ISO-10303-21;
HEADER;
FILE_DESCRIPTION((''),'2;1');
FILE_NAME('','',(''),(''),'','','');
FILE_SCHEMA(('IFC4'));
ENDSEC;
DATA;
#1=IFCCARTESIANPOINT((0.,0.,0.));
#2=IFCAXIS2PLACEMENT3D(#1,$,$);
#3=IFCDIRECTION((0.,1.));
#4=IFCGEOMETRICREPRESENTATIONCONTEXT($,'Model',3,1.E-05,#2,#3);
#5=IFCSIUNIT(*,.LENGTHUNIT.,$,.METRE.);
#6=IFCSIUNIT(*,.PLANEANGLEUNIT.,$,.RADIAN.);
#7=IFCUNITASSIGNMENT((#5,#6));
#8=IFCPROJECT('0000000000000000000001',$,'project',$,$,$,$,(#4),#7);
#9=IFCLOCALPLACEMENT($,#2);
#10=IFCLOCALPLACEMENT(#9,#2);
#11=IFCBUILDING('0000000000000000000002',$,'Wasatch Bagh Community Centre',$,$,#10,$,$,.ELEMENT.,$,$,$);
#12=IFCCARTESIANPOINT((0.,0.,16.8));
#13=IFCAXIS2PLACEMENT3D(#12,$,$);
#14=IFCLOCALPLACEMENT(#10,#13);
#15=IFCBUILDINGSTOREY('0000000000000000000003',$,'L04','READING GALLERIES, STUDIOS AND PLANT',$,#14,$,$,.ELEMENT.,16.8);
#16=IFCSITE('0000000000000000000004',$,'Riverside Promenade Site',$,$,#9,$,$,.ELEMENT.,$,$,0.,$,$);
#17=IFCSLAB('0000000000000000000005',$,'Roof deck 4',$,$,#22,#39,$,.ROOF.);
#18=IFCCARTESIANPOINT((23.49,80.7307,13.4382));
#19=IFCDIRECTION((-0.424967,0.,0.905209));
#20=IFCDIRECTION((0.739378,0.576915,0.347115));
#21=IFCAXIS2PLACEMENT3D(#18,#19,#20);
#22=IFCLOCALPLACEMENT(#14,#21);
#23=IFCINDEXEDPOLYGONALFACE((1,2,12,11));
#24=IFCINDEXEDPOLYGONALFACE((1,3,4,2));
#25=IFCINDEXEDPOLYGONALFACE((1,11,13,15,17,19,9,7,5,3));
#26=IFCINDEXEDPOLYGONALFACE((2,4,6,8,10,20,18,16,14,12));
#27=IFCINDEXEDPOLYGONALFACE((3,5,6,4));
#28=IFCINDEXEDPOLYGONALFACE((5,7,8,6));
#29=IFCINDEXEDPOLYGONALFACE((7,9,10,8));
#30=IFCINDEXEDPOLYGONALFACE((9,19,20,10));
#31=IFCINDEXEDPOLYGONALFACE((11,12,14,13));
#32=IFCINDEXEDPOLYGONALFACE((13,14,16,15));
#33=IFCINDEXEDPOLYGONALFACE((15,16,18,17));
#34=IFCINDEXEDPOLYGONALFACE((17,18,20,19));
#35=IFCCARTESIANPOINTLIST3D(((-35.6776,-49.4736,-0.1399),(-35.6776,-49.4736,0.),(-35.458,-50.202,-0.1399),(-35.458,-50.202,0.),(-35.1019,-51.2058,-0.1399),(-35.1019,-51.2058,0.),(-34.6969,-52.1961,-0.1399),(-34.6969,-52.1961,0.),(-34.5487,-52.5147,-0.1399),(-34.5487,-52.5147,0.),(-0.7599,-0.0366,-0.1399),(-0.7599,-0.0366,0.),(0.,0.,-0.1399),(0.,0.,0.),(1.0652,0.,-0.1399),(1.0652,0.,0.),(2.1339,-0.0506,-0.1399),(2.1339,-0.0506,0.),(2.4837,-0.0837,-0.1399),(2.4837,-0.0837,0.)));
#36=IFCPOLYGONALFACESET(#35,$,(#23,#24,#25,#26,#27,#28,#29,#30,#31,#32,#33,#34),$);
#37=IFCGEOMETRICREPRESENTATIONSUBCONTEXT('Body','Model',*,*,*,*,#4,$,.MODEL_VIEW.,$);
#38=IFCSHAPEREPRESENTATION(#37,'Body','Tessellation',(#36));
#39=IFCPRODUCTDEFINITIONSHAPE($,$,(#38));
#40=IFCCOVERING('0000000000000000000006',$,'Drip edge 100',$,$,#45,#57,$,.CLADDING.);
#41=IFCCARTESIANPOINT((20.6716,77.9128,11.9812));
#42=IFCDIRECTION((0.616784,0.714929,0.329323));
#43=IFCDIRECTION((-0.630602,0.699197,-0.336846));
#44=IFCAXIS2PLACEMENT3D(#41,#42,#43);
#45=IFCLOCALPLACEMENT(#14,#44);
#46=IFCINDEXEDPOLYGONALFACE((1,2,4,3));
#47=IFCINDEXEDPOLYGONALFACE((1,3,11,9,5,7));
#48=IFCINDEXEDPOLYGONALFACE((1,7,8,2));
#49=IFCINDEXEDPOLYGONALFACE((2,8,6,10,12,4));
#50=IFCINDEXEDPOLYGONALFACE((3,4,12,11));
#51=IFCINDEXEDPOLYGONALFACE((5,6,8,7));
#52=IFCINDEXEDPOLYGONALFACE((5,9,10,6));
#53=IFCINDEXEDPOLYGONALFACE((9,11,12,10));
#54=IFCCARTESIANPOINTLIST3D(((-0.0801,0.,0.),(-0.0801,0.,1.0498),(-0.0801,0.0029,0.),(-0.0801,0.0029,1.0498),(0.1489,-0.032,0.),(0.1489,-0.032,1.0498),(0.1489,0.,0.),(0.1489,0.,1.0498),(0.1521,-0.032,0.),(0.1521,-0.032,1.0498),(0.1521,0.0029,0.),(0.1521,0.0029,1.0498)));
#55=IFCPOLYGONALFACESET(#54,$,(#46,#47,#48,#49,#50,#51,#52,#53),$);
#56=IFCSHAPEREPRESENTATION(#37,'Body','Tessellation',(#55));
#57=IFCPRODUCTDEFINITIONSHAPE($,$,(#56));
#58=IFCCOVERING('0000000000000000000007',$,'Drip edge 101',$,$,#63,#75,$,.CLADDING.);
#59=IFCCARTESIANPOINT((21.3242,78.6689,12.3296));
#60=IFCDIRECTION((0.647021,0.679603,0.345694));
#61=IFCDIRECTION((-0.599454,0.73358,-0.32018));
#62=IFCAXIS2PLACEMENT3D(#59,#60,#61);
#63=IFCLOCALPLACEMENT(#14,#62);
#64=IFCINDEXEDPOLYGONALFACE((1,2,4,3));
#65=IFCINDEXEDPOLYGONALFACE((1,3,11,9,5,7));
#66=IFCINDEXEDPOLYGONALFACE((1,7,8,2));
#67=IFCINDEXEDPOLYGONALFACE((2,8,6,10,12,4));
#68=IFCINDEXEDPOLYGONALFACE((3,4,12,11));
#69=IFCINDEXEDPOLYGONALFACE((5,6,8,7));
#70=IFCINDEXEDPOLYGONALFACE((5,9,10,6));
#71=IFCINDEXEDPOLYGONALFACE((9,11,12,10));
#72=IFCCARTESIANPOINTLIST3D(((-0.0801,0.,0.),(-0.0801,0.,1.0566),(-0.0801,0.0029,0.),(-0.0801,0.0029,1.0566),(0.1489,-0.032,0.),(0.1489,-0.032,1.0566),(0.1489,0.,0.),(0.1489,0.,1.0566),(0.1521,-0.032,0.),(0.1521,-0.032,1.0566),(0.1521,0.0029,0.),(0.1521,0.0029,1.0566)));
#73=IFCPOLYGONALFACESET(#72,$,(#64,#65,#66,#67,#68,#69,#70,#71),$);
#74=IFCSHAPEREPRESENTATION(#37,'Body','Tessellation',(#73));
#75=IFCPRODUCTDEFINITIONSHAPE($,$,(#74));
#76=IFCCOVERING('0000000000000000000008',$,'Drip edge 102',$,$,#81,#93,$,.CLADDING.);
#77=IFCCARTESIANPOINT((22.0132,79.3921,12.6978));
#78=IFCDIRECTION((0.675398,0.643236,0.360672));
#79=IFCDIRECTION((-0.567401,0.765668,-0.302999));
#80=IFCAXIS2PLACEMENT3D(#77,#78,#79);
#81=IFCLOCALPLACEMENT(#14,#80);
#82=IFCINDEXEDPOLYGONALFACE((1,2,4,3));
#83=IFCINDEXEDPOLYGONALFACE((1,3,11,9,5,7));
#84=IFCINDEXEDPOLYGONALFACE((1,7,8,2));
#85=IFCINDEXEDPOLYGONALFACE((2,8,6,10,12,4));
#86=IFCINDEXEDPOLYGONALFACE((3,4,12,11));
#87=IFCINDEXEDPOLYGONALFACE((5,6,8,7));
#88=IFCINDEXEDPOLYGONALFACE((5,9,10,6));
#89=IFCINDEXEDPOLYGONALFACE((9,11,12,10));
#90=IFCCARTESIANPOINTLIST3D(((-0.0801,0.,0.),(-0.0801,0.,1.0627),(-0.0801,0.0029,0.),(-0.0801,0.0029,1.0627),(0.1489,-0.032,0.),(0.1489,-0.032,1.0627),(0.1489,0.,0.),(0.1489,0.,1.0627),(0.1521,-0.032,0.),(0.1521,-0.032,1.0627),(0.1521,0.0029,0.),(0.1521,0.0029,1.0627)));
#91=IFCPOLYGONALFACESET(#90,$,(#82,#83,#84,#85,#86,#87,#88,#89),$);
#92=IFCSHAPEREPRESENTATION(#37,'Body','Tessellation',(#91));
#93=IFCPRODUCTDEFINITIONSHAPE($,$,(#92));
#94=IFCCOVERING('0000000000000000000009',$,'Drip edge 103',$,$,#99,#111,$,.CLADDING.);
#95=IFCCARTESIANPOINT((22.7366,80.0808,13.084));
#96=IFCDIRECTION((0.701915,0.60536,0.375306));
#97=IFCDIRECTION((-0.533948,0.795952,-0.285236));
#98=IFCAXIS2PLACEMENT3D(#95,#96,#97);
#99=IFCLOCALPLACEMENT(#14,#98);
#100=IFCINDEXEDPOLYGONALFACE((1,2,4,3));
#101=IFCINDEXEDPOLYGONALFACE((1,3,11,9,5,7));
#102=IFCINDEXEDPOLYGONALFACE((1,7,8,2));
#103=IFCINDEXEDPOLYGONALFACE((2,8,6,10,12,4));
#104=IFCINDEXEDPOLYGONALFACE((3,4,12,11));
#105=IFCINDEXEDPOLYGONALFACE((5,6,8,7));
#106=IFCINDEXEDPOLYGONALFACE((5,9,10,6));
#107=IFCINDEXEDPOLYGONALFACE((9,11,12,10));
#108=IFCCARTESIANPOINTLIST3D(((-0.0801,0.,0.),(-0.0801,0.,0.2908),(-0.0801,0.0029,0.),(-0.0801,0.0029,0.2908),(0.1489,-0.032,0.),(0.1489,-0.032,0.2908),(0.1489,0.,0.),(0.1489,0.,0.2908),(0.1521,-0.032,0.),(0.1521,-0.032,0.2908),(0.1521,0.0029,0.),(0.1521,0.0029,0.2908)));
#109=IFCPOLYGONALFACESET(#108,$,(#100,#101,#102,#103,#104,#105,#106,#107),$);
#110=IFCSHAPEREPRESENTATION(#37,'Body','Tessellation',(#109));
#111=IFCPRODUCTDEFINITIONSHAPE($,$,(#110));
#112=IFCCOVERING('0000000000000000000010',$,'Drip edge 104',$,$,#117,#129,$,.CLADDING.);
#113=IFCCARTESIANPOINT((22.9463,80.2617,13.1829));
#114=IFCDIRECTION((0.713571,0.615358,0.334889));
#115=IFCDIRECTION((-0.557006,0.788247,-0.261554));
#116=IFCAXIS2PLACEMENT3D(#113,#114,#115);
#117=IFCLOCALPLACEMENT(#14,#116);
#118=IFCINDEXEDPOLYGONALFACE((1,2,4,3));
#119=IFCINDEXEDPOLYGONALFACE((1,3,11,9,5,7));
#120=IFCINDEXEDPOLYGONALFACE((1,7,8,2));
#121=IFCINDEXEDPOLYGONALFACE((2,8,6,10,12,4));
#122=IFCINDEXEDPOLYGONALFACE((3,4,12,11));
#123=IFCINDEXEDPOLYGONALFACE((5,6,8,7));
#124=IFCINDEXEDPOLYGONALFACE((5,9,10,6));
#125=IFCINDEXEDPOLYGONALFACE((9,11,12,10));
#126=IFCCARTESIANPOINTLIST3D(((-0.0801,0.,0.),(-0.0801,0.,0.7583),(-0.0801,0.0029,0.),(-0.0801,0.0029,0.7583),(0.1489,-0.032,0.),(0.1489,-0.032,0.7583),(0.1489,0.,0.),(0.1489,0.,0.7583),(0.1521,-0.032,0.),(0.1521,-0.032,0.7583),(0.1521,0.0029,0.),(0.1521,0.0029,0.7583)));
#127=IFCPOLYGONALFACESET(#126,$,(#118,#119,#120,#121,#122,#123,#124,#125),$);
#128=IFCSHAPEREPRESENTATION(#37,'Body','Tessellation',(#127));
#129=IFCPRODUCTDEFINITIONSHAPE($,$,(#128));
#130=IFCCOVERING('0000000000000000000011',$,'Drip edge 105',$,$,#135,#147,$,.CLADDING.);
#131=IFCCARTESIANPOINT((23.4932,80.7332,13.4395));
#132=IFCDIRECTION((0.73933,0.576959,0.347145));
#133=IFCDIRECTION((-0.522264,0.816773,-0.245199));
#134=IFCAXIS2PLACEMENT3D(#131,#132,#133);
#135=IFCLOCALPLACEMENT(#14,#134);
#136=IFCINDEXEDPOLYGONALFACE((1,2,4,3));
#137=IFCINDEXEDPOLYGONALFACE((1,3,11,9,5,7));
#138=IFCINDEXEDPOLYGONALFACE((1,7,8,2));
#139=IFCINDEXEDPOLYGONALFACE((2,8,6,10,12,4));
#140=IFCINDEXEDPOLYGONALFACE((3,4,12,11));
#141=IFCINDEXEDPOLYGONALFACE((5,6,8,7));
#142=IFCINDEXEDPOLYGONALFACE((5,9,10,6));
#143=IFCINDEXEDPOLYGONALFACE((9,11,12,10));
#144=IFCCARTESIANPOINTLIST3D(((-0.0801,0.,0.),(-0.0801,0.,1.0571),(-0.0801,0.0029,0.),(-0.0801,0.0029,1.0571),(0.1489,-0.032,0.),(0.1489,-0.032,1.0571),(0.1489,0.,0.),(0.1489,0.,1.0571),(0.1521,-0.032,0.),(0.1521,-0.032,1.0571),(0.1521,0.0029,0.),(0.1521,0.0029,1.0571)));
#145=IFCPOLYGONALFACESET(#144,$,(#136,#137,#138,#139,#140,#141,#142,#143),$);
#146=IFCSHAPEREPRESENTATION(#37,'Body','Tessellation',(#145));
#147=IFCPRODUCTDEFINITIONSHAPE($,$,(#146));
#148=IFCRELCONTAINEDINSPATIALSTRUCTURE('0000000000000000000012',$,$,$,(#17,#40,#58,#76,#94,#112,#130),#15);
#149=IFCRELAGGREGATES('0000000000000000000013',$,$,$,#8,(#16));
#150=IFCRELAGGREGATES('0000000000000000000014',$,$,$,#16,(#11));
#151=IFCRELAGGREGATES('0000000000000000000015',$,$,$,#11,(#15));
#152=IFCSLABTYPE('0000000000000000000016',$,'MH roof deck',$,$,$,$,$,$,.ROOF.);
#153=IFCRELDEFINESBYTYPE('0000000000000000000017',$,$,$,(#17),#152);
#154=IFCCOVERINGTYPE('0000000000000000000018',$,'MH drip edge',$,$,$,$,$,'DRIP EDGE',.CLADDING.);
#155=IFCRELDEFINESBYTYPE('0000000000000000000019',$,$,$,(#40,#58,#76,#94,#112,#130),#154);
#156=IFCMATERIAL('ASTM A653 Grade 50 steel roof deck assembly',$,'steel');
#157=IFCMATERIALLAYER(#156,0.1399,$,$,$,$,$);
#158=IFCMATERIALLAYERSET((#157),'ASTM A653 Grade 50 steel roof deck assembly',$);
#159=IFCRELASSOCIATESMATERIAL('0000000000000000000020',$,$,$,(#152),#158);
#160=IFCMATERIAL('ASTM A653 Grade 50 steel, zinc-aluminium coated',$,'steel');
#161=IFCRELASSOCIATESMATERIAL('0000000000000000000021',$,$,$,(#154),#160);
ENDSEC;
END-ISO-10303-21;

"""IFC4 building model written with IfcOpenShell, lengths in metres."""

from ifc_helpers import new_model, si_unit, direction, frame, origin, place, context, subcontext, project, spatial, polyline, outline, extrude, material, layer, layer_set, material_profile, profile_set, type_object, element, save


model = new_model("IFC4")

# Units and contexts
model_context = context("Model", 3, precision=1e-05, world=origin(), true_north=direction((0.0, 1.0)))
body_context = subcontext(model_context, "Body", "Model", "MODEL_VIEW")
ifc_project = project(units=[si_unit("LENGTHUNIT", "METRE"), si_unit("PLANEANGLEUNIT", "RADIAN")], contexts=[model_context])

# Site, building, storey
site_placement = place(None, origin())
site = spatial("IfcSite", under=ifc_project, at=site_placement, Name="Riverside Promenade Site", CompositionType="ELEMENT", RefElevation=0.0)
building_placement = place(site_placement, origin())
building = spatial("IfcBuilding", under=site, at=building_placement, Name="Wasatch Bagh Community Centre", CompositionType="ELEMENT")
storey_placement = place(building_placement, frame((0.0, 0.0, 16.8)))
storey = spatial("IfcBuildingStorey", under=building, at=storey_placement, Name="L04", Description="READING GALLERIES, STUDIOS AND PLANT", CompositionType="ELEMENT", Elevation=16.8)

# Slab
ifc_material_1 = material(Name="ASTM A653 Grade 50 steel roof deck assembly", Category="steel")
ifc_layer_1 = layer(ifc_material_1, 0.1399)
ifc_layer_set_1 = layer_set([ifc_layer_1], Name="ASTM A653 Grade 50 steel roof deck assembly")
slab_type = type_object("IfcSlabType", Name="MH roof deck", PredefinedType="ROOF", material=ifc_layer_set_1)
slab_placement = place(storey_placement, frame((23.49, 80.7307, 13.4382), z_axis=(-0.424967, 0.0, 0.905209), x_axis=(0.739378, 0.576915, 0.347115)))
element("IfcSlab", 1, at=slab_placement, inside=storey, type_object=slab_type, Name="Roof deck 4", PredefinedType="ROOF", context=body_context, shape_type="SweptSolid", body=[
    extrude(outline(polyline([(0.0, 0.0), (1.0652, 0.0), (2.1339, -0.0506), (2.4837, -0.0837), (-34.5487, -52.5147), (-34.6969, -52.1961), (-35.1019, -51.2058), (-35.458, -50.202), (-35.6776, -49.4736), (-0.7599, -0.0366), (0.0, 0.0)])), origin(), (0.0, 0.0, -1.0), 0.1399),
])

# Coverings
ifc_material_2 = material(Name="ASTM A653 Grade 50 steel, zinc-aluminium coated", Category="steel")
ifc_material_profile_1 = material_profile(ifc_material_2, outline(polyline([(-0.0801, 0.0029), (0.1521, 0.0029), (0.1521, -0.032), (0.1489, -0.032), (0.1489, 0.0), (-0.0801, 0.0), (-0.0801, 0.0029)])), Name="DRIP EDGE")
ifc_profile_set_1 = profile_set([ifc_material_profile_1], Name="ASTM A653 Grade 50 steel, zinc-aluminium coated")
covering_type_1 = type_object("IfcCoveringType", Name="MH drip edge", ElementType="DRIP EDGE", PredefinedType="CLADDING", material=ifc_profile_set_1)
covering_1_placement = place(storey_placement, frame((20.6716, 77.9128, 11.9812), z_axis=(0.616784, 0.714929, 0.329323), x_axis=(-0.630602, 0.699197, -0.336846)))
element("IfcCovering", 2, at=covering_1_placement, inside=storey, type_object=covering_type_1, Name="Drip edge 100", PredefinedType="CLADDING", context=body_context, shape_type="SweptSolid", body=[
    extrude(outline(polyline([(-0.0801, 0.0029), (0.1521, 0.0029), (0.1521, -0.032), (0.1489, -0.032), (0.1489, 0.0), (-0.0801, 0.0), (-0.0801, 0.0029)])), origin(), (0.0, 0.0, 1.0), 1.0498),
])
covering_2_placement = place(storey_placement, frame((21.3242, 78.6689, 12.3296), z_axis=(0.647021, 0.679603, 0.345694), x_axis=(-0.599454, 0.73358, -0.32018)))
element("IfcCovering", 3, at=covering_2_placement, inside=storey, type_object=covering_type_1, Name="Drip edge 101", PredefinedType="CLADDING", context=body_context, shape_type="SweptSolid", body=[
    extrude(outline(polyline([(-0.0801, 0.0029), (0.1521, 0.0029), (0.1521, -0.032), (0.1489, -0.032), (0.1489, 0.0), (-0.0801, 0.0), (-0.0801, 0.0029)])), origin(), (0.0, 0.0, 1.0), 1.0566),
])
covering_3_placement = place(storey_placement, frame((22.0132, 79.3921, 12.6978), z_axis=(0.675398, 0.643236, 0.360672), x_axis=(-0.567401, 0.765668, -0.302999)))
element("IfcCovering", 4, at=covering_3_placement, inside=storey, type_object=covering_type_1, Name="Drip edge 102", PredefinedType="CLADDING", context=body_context, shape_type="SweptSolid", body=[
    extrude(outline(polyline([(-0.0801, 0.0029), (0.1521, 0.0029), (0.1521, -0.032), (0.1489, -0.032), (0.1489, 0.0), (-0.0801, 0.0), (-0.0801, 0.0029)])), origin(), (0.0, 0.0, 1.0), 1.0627),
])
covering_4_placement = place(storey_placement, frame((22.7366, 80.0808, 13.084), z_axis=(0.701915, 0.60536, 0.375306), x_axis=(-0.533948, 0.795952, -0.285236)))
element("IfcCovering", 5, at=covering_4_placement, inside=storey, type_object=covering_type_1, Name="Drip edge 103", PredefinedType="CLADDING", context=body_context, shape_type="SweptSolid", body=[
    extrude(outline(polyline([(-0.0801, 0.0029), (0.1521, 0.0029), (0.1521, -0.032), (0.1489, -0.032), (0.1489, 0.0), (-0.0801, 0.0), (-0.0801, 0.0029)])), origin(), (0.0, 0.0, 1.0), 0.2908),
])
covering_5_placement = place(storey_placement, frame((22.9463, 80.2617, 13.1829), z_axis=(0.713571, 0.615358, 0.334889), x_axis=(-0.557006, 0.788247, -0.261554)))
element("IfcCovering", 6, at=covering_5_placement, inside=storey, type_object=covering_type_1, Name="Drip edge 104", PredefinedType="CLADDING", context=body_context, shape_type="SweptSolid", body=[
    extrude(outline(polyline([(-0.0801, 0.0029), (0.1521, 0.0029), (0.1521, -0.032), (0.1489, -0.032), (0.1489, 0.0), (-0.0801, 0.0), (-0.0801, 0.0029)])), origin(), (0.0, 0.0, 1.0), 0.7583),
])
covering_6_placement = place(storey_placement, frame((23.4932, 80.7332, 13.4395), z_axis=(0.73933, 0.576959, 0.347145), x_axis=(-0.522264, 0.816773, -0.245199)))
element("IfcCovering", 7, at=covering_6_placement, inside=storey, type_object=covering_type_1, Name="Drip edge 105", PredefinedType="CLADDING", context=body_context, shape_type="SweptSolid", body=[
    extrude(outline(polyline([(-0.0801, 0.0029), (0.1521, 0.0029), (0.1521, -0.032), (0.1489, -0.032), (0.1489, 0.0), (-0.0801, 0.0), (-0.0801, 0.0029)])), origin(), (0.0, 0.0, 1.0), 1.0571),
])

save(model, "model.ifc")
